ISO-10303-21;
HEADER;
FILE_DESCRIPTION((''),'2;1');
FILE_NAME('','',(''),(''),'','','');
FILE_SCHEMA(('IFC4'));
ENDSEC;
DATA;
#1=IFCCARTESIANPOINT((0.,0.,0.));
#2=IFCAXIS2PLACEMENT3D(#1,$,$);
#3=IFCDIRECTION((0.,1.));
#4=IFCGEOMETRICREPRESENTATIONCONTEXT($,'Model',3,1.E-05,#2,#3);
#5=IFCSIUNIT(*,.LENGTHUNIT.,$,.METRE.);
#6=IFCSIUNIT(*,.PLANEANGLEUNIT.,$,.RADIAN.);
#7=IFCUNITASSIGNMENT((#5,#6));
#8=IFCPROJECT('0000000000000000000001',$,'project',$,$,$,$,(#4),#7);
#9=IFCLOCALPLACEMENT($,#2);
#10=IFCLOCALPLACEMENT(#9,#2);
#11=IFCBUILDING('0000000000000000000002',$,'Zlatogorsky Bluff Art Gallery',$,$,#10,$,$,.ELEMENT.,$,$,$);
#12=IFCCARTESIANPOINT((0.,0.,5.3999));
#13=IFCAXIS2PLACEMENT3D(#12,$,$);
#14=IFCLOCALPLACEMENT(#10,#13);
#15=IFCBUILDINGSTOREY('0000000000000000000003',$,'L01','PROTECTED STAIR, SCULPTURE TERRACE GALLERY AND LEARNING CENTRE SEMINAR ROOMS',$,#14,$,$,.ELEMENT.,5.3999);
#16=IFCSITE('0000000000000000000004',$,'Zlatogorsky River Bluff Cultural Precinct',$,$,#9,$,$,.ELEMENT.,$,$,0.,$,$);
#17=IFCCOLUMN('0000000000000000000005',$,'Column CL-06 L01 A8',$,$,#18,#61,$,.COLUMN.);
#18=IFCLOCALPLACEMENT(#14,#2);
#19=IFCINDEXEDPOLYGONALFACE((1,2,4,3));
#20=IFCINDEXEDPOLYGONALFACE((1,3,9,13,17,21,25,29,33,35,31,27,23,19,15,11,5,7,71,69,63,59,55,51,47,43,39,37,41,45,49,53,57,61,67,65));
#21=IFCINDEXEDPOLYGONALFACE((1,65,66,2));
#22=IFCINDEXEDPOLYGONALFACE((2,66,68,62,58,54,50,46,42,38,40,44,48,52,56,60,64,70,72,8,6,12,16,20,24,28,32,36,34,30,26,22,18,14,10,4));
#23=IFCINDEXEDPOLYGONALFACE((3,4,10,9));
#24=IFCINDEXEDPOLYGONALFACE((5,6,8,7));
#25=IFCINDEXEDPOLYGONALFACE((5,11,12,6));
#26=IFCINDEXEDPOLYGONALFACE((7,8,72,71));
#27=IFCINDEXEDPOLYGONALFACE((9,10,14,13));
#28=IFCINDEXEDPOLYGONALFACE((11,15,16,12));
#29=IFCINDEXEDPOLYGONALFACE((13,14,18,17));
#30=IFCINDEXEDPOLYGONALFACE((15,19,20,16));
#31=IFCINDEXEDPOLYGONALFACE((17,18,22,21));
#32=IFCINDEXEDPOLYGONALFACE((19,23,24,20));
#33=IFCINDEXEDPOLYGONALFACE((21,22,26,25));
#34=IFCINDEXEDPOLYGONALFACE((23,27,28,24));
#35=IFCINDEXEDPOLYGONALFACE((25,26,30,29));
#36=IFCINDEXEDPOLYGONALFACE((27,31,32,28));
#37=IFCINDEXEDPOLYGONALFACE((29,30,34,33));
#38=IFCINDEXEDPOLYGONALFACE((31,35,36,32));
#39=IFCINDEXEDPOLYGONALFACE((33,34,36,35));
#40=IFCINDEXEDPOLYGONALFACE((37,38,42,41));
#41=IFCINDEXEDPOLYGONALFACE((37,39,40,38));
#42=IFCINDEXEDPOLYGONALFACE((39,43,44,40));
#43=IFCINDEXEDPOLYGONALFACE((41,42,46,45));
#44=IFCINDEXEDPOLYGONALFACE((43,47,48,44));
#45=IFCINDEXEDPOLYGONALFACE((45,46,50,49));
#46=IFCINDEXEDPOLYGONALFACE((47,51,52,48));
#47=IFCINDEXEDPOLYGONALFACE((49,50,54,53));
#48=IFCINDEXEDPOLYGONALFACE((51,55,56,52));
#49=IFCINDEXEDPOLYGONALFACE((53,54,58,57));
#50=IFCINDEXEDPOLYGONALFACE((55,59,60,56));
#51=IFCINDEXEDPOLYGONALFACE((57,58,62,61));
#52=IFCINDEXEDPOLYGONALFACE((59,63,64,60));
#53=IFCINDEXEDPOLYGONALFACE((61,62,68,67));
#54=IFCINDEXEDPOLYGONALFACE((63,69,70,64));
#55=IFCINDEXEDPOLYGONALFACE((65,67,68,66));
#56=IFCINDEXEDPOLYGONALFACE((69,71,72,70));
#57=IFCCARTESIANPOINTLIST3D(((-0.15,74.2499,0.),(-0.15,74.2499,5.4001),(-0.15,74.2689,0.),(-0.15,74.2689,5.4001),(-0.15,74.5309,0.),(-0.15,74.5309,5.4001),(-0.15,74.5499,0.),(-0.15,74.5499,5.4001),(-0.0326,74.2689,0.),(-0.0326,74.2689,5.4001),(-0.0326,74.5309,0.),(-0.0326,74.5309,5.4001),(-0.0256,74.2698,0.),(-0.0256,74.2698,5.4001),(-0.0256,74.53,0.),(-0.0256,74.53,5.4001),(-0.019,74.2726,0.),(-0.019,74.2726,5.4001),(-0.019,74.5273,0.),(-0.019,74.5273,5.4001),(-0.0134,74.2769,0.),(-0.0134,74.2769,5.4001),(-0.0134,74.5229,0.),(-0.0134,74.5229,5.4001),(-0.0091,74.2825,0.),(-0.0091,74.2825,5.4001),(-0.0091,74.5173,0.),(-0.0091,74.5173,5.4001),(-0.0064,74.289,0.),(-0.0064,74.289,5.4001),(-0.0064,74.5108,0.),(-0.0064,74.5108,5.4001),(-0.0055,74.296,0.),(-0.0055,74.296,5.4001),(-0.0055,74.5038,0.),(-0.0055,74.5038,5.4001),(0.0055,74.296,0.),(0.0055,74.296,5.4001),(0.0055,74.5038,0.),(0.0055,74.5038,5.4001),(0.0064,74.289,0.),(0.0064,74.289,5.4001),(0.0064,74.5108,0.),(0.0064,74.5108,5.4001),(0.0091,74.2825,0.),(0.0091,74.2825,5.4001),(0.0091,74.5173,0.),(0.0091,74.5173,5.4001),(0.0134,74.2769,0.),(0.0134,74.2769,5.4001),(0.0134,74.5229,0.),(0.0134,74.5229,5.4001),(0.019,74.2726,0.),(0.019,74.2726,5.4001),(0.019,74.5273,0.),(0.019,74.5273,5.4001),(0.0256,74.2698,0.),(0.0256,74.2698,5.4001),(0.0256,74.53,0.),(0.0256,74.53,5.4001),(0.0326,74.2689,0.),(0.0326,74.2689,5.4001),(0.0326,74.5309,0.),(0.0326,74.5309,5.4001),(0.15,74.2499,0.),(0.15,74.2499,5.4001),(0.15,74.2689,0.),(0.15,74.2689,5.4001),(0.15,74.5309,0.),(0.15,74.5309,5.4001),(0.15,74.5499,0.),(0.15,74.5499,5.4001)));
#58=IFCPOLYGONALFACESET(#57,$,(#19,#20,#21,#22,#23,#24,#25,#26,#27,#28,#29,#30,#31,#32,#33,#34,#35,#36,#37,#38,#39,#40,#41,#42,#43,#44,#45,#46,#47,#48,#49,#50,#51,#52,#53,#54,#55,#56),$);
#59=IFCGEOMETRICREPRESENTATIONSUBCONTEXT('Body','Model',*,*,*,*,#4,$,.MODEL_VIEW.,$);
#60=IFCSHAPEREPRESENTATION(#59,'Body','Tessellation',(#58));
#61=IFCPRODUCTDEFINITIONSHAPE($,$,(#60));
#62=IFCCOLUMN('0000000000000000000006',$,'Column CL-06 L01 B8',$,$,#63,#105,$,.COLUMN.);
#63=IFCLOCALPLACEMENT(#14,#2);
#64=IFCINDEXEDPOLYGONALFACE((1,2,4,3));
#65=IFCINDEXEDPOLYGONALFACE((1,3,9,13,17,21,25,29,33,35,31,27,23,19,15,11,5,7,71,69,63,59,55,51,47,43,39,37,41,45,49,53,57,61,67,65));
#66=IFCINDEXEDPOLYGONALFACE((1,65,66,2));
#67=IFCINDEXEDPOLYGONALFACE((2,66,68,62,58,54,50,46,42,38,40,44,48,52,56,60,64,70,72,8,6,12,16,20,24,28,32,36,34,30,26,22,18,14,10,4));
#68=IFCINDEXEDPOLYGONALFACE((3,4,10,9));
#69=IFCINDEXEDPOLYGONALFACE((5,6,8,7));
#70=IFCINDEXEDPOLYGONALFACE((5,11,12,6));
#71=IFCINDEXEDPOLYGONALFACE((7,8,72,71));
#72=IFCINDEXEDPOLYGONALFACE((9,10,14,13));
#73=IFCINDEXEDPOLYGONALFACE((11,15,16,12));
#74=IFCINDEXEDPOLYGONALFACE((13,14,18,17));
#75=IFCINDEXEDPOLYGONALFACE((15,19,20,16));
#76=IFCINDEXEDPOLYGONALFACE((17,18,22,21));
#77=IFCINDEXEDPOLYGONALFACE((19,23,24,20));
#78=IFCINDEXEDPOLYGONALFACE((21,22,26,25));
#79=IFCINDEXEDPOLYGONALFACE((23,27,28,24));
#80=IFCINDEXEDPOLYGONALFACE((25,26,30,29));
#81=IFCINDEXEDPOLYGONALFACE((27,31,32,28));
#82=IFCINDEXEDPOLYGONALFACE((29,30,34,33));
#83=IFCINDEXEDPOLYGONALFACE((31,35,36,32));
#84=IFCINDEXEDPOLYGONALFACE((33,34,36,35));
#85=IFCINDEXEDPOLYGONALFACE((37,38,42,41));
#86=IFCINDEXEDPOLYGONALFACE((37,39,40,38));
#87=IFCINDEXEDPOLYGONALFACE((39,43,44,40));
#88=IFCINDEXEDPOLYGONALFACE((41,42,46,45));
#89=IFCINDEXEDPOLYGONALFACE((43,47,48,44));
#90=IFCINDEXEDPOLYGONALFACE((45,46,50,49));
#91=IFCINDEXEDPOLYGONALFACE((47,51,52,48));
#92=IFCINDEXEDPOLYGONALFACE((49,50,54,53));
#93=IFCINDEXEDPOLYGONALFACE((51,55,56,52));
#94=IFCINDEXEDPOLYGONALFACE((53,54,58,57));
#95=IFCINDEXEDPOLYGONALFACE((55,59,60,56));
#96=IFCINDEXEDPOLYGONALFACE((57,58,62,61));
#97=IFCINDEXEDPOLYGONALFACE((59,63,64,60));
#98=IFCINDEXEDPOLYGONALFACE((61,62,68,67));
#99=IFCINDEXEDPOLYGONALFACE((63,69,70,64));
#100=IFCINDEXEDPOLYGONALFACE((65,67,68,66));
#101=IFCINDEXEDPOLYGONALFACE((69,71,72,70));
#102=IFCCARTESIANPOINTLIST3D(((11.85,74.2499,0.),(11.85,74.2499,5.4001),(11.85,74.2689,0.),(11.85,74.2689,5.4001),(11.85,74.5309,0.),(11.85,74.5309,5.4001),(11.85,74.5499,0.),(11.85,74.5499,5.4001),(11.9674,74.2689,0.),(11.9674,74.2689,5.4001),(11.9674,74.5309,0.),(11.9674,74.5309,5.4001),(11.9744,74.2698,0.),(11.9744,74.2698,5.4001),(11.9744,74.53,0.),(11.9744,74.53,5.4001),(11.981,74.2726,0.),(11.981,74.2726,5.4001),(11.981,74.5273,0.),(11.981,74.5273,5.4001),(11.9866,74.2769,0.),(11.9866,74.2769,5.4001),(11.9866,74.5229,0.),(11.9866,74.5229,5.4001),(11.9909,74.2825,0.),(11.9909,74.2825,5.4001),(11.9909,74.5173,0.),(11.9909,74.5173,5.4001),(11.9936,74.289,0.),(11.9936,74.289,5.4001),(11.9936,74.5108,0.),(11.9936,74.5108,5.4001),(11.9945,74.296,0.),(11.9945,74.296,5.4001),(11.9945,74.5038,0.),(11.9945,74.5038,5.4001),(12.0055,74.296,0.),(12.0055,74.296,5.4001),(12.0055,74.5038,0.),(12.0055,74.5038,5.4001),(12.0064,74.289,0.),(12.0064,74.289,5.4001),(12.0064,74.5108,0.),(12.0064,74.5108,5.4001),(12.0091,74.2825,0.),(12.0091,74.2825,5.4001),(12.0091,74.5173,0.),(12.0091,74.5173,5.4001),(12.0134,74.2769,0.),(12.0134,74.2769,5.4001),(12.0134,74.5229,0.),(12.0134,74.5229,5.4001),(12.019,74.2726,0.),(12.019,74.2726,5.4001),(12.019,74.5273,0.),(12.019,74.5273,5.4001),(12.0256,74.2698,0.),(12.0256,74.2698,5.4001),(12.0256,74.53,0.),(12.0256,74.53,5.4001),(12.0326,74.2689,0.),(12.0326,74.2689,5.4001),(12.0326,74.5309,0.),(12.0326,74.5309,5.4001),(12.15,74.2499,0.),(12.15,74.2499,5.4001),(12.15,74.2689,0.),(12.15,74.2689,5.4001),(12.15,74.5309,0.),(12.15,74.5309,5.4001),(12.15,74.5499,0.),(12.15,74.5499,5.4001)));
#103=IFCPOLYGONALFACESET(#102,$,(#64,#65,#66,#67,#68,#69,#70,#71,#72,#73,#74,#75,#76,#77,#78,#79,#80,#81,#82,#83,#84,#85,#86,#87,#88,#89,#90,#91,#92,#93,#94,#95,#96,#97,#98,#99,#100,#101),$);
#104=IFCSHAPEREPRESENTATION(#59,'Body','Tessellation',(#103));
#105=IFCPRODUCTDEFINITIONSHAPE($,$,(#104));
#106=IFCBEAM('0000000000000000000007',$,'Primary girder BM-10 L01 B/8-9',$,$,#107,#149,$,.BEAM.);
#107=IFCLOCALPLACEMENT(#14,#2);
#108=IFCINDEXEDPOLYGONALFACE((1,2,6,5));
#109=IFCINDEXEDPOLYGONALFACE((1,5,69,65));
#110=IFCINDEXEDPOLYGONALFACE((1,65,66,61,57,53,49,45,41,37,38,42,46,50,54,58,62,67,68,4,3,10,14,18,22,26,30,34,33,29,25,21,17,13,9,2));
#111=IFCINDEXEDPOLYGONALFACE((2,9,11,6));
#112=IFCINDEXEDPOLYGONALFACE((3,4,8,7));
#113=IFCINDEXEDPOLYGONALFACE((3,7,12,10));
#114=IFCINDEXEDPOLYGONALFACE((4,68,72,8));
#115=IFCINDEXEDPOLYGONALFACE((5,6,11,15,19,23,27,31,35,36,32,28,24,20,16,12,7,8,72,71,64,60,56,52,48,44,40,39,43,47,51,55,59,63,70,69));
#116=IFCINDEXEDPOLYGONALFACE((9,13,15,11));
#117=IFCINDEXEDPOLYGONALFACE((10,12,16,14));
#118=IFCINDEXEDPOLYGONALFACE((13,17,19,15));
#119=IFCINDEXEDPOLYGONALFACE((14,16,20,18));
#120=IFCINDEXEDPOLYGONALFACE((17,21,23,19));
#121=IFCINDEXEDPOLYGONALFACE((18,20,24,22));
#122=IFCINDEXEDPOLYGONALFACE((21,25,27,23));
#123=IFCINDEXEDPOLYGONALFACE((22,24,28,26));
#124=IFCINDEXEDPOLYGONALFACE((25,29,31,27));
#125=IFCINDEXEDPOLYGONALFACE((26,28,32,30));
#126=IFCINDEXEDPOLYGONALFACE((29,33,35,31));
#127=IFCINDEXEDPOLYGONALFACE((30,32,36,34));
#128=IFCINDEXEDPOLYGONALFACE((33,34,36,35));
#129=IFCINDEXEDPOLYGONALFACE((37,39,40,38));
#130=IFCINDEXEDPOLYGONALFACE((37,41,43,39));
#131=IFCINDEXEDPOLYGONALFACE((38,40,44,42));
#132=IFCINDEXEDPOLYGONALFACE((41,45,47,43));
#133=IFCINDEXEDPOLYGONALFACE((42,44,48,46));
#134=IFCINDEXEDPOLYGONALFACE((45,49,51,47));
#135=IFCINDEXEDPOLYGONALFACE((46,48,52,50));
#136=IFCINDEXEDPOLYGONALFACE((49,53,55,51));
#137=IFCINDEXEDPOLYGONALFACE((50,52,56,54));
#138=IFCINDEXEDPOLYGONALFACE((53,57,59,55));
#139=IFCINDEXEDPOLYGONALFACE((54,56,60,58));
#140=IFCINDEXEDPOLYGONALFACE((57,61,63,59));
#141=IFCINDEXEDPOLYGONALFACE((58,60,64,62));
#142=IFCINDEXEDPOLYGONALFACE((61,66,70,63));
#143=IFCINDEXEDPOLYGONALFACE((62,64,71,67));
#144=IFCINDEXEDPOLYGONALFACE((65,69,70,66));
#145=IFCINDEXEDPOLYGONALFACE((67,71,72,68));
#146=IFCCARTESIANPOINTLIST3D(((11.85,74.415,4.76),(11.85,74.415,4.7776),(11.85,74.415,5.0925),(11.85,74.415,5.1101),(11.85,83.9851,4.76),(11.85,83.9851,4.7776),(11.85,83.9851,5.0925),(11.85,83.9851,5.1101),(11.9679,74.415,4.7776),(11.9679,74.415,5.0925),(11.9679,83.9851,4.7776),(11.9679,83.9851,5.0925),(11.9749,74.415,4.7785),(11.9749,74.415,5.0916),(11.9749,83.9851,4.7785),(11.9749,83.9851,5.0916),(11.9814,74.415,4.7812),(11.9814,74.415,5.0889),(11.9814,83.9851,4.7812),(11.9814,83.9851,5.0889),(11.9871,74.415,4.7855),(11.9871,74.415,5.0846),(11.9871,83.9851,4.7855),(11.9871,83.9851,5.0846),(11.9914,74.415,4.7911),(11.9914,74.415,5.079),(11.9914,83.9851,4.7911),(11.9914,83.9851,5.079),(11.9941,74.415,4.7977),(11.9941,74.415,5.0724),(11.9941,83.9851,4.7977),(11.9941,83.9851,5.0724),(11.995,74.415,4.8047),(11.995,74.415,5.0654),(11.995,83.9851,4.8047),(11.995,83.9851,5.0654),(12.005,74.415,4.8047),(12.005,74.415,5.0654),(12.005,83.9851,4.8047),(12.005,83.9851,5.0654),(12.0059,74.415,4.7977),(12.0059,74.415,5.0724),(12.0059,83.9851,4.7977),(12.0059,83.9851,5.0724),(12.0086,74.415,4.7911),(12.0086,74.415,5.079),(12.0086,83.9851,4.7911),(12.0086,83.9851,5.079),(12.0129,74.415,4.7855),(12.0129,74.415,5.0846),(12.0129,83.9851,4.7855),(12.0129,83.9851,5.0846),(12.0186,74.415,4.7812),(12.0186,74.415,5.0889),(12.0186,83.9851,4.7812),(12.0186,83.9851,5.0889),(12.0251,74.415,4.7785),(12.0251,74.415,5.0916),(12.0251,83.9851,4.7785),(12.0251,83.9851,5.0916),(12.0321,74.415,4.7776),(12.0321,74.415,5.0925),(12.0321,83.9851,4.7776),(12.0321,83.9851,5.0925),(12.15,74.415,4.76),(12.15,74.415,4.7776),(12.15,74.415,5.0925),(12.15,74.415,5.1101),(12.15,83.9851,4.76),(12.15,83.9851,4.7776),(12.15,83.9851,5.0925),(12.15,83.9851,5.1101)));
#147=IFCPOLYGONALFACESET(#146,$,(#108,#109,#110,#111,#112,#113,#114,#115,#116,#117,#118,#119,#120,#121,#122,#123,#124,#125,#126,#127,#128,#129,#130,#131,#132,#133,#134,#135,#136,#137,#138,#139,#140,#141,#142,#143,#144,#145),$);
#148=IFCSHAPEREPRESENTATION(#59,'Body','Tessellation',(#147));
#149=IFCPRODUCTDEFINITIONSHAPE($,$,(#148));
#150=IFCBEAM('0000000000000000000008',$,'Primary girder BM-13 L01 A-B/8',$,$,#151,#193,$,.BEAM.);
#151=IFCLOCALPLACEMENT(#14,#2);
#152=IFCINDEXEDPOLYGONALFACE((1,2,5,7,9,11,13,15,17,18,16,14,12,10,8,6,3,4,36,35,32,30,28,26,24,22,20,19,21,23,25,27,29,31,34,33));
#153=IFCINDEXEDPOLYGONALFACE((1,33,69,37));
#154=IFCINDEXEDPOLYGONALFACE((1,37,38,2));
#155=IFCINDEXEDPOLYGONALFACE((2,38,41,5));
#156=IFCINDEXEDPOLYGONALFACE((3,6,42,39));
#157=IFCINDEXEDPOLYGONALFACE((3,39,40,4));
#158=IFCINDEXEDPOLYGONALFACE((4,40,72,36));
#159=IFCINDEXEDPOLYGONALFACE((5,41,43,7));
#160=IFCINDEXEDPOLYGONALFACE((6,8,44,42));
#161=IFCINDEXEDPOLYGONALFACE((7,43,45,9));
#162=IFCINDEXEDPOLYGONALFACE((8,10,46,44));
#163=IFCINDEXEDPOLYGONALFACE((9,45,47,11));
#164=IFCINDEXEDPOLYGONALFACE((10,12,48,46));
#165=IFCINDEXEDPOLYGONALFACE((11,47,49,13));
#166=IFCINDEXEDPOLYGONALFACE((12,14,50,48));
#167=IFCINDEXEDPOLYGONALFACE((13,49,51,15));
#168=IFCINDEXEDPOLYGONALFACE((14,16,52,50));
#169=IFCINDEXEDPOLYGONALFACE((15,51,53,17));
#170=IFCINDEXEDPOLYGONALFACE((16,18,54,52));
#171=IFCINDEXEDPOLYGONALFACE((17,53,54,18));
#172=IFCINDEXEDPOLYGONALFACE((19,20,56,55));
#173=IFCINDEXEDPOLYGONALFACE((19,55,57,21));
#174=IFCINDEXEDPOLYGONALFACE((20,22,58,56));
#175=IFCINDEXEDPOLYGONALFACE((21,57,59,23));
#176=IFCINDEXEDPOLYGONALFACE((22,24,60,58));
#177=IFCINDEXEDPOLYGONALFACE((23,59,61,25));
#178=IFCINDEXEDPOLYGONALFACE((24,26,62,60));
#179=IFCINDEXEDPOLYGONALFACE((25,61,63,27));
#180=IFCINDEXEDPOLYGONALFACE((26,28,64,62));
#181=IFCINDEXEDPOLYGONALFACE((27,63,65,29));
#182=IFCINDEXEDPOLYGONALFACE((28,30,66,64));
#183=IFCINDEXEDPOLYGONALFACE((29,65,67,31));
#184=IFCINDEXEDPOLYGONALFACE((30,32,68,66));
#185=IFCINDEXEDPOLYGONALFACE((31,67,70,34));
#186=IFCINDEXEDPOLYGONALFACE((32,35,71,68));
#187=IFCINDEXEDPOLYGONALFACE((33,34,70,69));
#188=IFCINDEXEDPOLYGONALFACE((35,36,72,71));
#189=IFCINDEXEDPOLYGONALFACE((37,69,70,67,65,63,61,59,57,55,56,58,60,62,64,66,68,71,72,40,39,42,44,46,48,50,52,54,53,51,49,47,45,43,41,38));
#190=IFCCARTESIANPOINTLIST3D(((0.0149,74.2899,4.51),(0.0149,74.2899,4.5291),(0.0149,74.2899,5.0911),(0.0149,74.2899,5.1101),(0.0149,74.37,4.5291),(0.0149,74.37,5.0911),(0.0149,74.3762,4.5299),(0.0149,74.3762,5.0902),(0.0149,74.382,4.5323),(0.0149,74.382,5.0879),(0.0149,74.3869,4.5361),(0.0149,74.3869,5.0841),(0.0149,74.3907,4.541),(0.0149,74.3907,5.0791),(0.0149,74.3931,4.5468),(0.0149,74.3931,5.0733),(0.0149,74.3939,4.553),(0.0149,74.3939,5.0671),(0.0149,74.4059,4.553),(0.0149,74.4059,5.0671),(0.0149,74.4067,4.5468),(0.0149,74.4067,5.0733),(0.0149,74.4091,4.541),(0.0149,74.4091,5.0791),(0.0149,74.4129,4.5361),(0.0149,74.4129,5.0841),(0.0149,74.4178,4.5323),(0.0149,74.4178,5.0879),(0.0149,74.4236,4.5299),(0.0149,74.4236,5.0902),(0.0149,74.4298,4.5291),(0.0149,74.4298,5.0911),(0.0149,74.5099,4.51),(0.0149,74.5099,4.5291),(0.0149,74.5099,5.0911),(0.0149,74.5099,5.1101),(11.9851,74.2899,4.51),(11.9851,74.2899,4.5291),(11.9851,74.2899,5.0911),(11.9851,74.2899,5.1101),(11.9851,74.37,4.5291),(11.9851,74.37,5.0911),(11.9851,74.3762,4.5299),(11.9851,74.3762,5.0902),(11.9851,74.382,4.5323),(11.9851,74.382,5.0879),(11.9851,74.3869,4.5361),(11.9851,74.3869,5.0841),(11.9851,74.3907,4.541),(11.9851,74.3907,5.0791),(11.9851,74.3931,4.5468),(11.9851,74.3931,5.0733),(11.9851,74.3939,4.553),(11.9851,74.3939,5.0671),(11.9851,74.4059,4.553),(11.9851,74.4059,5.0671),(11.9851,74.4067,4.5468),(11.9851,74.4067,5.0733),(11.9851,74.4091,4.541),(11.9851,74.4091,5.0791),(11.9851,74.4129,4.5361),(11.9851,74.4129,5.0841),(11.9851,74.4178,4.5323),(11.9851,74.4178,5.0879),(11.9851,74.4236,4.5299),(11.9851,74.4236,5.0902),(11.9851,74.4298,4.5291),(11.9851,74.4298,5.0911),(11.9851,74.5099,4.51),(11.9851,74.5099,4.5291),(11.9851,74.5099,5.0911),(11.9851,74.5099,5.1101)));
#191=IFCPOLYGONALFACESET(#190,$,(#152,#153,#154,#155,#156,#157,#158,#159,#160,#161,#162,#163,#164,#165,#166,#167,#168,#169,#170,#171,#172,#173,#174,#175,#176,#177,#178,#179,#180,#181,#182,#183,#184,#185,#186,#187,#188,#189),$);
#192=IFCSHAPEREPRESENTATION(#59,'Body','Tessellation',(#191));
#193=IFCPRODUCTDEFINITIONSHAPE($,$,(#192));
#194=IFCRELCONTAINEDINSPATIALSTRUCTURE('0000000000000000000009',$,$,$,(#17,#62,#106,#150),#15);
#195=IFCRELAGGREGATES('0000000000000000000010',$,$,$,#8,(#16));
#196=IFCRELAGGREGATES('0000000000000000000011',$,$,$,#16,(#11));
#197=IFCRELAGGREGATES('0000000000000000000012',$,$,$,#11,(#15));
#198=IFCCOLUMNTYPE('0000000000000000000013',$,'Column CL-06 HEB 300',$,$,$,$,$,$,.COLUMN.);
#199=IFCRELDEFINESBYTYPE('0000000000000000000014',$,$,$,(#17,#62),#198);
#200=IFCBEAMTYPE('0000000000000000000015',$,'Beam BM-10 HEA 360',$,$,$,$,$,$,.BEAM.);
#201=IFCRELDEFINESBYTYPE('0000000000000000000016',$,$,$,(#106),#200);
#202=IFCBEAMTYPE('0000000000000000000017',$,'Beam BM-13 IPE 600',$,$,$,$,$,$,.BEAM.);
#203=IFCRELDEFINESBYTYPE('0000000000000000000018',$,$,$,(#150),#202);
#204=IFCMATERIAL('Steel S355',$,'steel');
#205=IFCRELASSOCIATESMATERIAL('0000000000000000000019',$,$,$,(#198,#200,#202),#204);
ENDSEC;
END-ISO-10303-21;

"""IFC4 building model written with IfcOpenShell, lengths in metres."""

from ifc_helpers import new_model, si_unit, direction, frame, origin, origin_2d, place, context, subcontext, project, spatial, i_section, extrude, material, material_profile, profile_set, type_object, element, save


model = new_model("IFC4")

# Units and contexts
model_context = context("Model", 3, precision=1e-05, world=origin(), true_north=direction((0.0, 1.0)))
body_context = subcontext(model_context, "Body", "Model", "MODEL_VIEW")
ifc_project = project(units=[si_unit("LENGTHUNIT", "METRE"), si_unit("PLANEANGLEUNIT", "RADIAN")], contexts=[model_context])

# Site, building, storey
site_placement = place(None, origin())
site = spatial("IfcSite", under=ifc_project, at=site_placement, Name="Zlatogorsky River Bluff Cultural Precinct", CompositionType="ELEMENT", RefElevation=0.0)
building_placement = place(site_placement, origin())
building = spatial("IfcBuilding", under=site, at=building_placement, Name="Zlatogorsky Bluff Art Gallery", CompositionType="ELEMENT")
storey_placement = place(building_placement, frame((0.0, 0.0, 5.3999)))
storey = spatial("IfcBuildingStorey", under=building, at=storey_placement, Name="L01", Description="PROTECTED STAIR, SCULPTURE TERRACE GALLERY AND LEARNING CENTRE SEMINAR ROOMS", CompositionType="ELEMENT", Elevation=5.3999)

# Columns
ifc_material_1 = material(Name="Steel S355", Category="steel")
ifc_material_profile_1 = material_profile(ifc_material_1, i_section(OverallWidth=0.3, OverallDepth=0.3, WebThickness=0.011, FlangeThickness=0.019, FilletRadius=0.0271, at=origin_2d()), Name="HEB 300")
ifc_profile_set_1 = profile_set([ifc_material_profile_1], Name="Steel S355")
column_type = type_object("IfcColumnType", Name="Column CL-06 HEB 300", PredefinedType="COLUMN", material=ifc_profile_set_1)
for number, where, z_axis, x_axis, name in (
    (1, (0.0, 74.3999, 0.0), (0.0, 0.0, 1.0), (1.0, 0.0, 0.0), "Column CL-06 L01 A8"),
    (2, (12.0, 74.3999, 0.0), (0.0, 0.0, 1.0), (1.0, 0.0, 0.0), "Column CL-06 L01 B8"),
):
    element("IfcColumn", number, at=place(storey_placement, frame(where, z_axis=z_axis, x_axis=x_axis)), inside=storey, type_object=column_type, Name=name, PredefinedType="COLUMN", context=body_context, shape_type="SweptSolid", body=[
        extrude(i_section(OverallWidth=0.3, OverallDepth=0.3, WebThickness=0.011, FlangeThickness=0.019, FilletRadius=0.0271, at=origin_2d()), origin(), (0.0, 0.0, 1.0), 5.4001),
    ])

# Beams
ifc_material_profile_2 = material_profile(ifc_material_1, i_section(OverallWidth=0.3, OverallDepth=0.3501, WebThickness=0.01, FlangeThickness=0.0176, FilletRadius=0.0271, at=origin_2d()), Name="HEA 360")
ifc_profile_set_2 = profile_set([ifc_material_profile_2], Name="Steel S355")
beam_type_1 = type_object("IfcBeamType", Name="Beam BM-10 HEA 360", PredefinedType="BEAM", material=ifc_profile_set_2)
beam_1_placement = place(storey_placement, frame((12.0, 74.415, 4.9351), z_axis=(0.0, 1.0, 0.0), x_axis=(-1.0, 0.0, 0.0)))
element("IfcBeam", 3, at=beam_1_placement, inside=storey, type_object=beam_type_1, Name="Primary girder BM-10 L01 B/8-9", PredefinedType="BEAM", context=body_context, shape_type="SweptSolid", body=[
    extrude(i_section(OverallWidth=0.3, OverallDepth=0.3501, WebThickness=0.01, FlangeThickness=0.0176, FilletRadius=0.0271, at=origin_2d()), origin(), (0.0, 0.0, 1.0), 9.5701),
])
ifc_material_profile_3 = material_profile(ifc_material_1, i_section(OverallWidth=0.22, OverallDepth=0.6001, WebThickness=0.012, FlangeThickness=0.019, FilletRadius=0.0239, at=origin_2d()), Name="IPE 600")
ifc_profile_set_3 = profile_set([ifc_material_profile_3], Name="Steel S355")
beam_type_2 = type_object("IfcBeamType", Name="Beam BM-13 IPE 600", PredefinedType="BEAM", material=ifc_profile_set_3)
for number, where, z_axis, x_axis, name in (
    (4, (0.0149, 74.3999, 4.8101), (1.0, 0.0, 0.0), (0.0, 1.0, 0.0), "Primary girder BM-13 L01 A-B/8"),
):
    element("IfcBeam", number, at=place(storey_placement, frame(where, z_axis=z_axis, x_axis=x_axis)), inside=storey, type_object=beam_type_2, Name=name, PredefinedType="BEAM", context=body_context, shape_type="SweptSolid", body=[
        extrude(i_section(OverallWidth=0.22, OverallDepth=0.6001, WebThickness=0.012, FlangeThickness=0.019, FilletRadius=0.0239, at=origin_2d()), origin(), (0.0, 0.0, 1.0), 11.9702),
    ])

save(model, "model.ifc")
